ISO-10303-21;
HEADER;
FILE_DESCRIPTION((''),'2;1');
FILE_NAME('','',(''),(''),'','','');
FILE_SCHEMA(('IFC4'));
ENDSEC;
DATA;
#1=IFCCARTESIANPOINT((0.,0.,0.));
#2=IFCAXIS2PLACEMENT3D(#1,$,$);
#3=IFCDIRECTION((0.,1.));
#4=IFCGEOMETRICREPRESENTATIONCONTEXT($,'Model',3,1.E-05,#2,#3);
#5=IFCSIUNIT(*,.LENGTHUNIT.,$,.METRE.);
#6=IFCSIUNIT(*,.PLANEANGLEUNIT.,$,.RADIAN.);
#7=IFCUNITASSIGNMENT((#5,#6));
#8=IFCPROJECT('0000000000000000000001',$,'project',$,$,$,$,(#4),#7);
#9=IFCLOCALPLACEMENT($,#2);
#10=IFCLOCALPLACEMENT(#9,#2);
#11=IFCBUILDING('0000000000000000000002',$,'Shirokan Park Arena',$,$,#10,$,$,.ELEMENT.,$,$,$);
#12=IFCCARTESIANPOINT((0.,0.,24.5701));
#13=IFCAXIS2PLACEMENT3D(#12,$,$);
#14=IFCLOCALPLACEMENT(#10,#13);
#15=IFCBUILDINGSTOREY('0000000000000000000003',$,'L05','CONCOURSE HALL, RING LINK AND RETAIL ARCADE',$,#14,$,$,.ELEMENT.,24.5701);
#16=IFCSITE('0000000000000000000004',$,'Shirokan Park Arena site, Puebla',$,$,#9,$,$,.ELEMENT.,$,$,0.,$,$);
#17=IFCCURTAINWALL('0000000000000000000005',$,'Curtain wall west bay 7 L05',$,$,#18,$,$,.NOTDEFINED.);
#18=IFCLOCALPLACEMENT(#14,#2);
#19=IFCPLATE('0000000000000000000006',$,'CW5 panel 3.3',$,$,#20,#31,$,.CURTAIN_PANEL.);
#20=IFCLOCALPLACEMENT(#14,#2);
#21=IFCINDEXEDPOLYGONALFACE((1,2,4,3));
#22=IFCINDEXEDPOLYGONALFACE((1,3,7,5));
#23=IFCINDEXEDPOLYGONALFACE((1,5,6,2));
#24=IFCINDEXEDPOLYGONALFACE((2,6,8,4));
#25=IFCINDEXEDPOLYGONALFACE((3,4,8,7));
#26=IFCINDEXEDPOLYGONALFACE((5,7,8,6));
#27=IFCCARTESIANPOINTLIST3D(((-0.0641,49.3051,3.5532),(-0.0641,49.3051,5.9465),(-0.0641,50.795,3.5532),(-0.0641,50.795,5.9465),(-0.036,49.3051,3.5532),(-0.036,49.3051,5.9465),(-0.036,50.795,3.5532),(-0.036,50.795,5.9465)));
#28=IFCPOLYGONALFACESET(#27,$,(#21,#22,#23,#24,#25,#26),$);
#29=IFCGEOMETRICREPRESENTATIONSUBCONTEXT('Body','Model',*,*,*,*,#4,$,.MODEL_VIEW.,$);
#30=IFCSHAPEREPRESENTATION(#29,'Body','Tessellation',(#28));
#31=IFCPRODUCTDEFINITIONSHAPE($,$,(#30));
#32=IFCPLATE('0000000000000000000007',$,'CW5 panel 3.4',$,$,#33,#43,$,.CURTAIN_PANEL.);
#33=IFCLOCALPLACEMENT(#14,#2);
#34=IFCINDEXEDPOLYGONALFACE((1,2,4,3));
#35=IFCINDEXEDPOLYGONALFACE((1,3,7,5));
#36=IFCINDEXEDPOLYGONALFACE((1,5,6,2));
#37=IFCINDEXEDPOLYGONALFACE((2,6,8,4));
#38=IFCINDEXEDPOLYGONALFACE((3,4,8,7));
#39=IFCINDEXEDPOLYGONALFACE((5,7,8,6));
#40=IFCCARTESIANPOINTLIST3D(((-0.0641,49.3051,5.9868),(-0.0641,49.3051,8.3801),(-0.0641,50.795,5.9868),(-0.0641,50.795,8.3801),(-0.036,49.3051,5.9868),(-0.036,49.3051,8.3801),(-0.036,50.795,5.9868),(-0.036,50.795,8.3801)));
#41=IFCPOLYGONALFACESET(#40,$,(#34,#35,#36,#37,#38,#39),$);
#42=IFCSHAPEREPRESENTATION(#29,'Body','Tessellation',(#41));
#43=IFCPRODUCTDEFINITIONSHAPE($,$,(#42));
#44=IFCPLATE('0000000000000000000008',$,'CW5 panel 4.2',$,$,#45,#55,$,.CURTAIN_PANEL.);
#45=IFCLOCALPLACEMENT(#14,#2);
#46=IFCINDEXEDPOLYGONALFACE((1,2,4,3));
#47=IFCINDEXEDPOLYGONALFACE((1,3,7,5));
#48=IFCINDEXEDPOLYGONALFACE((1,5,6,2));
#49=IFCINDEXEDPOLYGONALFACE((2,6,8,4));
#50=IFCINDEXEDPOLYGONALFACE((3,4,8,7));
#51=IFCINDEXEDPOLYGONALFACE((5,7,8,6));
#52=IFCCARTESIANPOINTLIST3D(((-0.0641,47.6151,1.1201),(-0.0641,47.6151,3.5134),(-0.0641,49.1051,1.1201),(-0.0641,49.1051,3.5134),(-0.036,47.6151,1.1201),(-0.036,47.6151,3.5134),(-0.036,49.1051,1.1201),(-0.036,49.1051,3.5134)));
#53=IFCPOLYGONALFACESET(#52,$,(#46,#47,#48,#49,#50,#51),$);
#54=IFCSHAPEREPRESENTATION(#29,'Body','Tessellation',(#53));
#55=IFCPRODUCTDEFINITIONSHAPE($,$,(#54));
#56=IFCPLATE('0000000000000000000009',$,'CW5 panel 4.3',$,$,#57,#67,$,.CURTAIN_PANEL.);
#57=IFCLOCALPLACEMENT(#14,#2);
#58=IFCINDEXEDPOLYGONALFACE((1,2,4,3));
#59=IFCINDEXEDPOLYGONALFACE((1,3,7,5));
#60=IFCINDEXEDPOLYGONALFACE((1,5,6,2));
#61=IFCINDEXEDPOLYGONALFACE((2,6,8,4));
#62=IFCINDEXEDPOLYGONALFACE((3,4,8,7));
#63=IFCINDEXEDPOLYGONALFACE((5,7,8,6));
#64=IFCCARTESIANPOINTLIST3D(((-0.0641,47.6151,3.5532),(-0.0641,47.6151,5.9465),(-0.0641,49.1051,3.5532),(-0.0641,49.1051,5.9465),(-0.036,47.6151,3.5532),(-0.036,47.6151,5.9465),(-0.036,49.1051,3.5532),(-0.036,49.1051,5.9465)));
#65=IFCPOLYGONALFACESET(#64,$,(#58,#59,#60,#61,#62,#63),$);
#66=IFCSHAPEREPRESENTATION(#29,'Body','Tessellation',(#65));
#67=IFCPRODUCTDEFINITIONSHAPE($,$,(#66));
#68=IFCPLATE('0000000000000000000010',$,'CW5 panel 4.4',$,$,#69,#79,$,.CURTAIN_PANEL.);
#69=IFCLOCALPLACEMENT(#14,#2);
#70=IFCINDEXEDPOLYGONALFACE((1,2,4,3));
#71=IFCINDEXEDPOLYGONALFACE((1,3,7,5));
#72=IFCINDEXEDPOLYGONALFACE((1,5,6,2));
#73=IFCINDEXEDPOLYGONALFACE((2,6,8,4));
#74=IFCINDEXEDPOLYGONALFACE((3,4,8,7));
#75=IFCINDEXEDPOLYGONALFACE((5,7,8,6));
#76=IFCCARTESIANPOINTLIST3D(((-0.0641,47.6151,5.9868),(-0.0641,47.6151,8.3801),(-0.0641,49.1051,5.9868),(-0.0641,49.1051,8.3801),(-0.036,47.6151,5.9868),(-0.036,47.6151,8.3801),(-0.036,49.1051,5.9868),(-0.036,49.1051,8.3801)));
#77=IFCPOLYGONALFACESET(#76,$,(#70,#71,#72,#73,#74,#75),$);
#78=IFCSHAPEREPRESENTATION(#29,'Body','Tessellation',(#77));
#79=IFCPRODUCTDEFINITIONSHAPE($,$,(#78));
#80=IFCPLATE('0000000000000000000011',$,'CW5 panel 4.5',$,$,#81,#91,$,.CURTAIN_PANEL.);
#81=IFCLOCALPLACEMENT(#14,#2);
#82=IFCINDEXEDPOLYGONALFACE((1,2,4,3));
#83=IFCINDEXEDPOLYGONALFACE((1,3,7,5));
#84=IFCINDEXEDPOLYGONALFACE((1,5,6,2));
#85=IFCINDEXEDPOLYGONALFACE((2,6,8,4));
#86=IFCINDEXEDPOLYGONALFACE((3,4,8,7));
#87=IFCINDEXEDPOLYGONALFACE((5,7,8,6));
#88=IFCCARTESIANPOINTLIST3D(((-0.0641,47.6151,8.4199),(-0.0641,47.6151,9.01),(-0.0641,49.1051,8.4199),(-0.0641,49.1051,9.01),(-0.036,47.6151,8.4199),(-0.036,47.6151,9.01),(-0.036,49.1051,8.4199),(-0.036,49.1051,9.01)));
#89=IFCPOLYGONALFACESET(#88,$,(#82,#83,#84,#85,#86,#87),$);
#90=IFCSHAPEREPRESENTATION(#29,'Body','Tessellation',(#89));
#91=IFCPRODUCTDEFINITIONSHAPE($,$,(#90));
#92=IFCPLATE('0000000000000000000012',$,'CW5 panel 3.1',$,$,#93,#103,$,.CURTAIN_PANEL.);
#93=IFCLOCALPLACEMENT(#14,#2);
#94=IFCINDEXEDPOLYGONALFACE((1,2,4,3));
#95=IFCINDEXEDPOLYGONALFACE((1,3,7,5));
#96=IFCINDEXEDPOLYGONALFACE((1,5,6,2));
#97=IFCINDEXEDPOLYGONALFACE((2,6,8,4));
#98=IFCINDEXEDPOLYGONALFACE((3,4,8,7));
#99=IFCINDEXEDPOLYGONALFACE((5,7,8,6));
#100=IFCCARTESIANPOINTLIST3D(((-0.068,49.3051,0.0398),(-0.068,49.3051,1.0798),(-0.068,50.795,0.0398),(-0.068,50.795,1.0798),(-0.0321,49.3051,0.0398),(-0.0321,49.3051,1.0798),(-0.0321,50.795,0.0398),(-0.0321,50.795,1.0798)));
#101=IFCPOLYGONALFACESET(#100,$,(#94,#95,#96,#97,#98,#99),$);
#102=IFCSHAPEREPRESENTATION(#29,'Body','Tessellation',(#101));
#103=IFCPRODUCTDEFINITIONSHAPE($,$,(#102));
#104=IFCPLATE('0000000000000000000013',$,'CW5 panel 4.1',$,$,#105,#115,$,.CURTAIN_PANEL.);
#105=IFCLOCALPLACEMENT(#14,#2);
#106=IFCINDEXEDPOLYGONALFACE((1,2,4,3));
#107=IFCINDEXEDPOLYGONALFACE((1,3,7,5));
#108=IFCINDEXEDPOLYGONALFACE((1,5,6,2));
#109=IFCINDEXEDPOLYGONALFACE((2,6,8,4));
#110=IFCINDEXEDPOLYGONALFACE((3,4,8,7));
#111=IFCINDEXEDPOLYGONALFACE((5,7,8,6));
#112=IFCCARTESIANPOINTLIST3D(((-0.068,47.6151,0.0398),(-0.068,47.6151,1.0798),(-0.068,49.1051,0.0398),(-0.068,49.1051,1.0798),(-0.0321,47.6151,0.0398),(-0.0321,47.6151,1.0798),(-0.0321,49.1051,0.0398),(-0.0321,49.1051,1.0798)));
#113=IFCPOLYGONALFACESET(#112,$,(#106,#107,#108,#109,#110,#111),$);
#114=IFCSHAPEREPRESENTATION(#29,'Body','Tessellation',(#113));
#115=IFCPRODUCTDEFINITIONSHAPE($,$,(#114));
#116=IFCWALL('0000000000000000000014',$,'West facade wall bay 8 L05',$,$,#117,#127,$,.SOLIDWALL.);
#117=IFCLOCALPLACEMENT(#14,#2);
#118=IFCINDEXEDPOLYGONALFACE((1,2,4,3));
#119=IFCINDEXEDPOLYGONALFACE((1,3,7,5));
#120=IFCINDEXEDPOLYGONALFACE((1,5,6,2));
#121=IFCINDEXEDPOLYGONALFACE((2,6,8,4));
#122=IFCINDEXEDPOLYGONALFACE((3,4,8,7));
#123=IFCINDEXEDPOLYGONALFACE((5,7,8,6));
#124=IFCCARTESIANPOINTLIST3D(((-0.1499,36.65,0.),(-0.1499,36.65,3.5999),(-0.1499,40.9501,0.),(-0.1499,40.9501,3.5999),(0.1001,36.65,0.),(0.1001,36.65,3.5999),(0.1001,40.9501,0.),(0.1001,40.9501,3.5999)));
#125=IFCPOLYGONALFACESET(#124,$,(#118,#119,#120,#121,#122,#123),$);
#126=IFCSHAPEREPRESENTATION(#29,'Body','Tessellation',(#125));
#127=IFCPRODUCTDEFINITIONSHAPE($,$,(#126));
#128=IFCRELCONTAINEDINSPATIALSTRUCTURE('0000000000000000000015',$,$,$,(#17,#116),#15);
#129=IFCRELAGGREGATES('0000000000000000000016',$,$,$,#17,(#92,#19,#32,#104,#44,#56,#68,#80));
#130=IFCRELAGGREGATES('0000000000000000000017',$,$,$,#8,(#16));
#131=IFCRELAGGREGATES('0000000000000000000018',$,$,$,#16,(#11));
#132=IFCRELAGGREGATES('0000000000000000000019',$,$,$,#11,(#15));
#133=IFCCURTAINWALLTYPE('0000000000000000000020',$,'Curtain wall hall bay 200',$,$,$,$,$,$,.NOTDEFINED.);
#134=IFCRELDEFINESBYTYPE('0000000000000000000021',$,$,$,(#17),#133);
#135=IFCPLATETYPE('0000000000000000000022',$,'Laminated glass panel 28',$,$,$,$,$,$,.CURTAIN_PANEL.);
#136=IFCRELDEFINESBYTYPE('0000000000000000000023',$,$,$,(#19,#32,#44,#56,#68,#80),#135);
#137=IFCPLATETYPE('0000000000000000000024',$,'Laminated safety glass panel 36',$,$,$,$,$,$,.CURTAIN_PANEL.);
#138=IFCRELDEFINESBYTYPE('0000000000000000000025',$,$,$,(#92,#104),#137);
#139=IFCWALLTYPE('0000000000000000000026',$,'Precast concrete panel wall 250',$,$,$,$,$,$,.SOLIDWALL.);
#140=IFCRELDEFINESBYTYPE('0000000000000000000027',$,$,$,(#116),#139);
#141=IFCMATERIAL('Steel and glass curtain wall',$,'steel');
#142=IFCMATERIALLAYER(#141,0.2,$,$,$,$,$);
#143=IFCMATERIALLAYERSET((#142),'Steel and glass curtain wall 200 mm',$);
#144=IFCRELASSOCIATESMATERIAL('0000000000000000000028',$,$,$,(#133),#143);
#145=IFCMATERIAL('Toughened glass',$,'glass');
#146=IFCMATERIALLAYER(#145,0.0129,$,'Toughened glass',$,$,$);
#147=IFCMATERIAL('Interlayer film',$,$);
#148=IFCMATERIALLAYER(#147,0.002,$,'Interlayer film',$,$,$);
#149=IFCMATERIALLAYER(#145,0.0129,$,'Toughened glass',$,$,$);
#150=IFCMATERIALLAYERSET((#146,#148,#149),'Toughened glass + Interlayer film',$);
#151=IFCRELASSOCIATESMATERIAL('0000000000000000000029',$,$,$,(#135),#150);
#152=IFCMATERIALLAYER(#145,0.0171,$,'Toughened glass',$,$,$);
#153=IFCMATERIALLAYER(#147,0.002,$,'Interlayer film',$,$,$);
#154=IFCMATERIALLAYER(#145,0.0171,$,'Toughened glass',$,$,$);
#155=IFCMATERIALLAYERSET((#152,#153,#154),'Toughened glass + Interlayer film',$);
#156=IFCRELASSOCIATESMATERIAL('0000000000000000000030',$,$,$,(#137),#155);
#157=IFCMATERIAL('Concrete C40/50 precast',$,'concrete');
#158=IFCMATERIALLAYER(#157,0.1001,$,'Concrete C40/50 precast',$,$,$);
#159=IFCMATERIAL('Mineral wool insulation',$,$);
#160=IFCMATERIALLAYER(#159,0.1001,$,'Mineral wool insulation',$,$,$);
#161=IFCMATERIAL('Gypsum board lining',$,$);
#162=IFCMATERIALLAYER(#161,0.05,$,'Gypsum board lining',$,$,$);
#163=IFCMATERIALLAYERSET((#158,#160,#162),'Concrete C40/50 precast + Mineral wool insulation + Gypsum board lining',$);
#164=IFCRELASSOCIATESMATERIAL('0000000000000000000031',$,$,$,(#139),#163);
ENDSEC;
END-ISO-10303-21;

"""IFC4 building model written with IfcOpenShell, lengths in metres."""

from ifc_helpers import new_model, si_unit, direction, frame, frame_2d, origin, origin_2d, place, context, subcontext, project, spatial, rectangle, extrude, material, layer, layer_set, type_object, element, aggregate, save


model = new_model("IFC4")

# Units and contexts
model_context = context("Model", 3, precision=1e-05, world=origin(), true_north=direction((0.0, 1.0)))
body_context = subcontext(model_context, "Body", "Model", "MODEL_VIEW")
ifc_project = project(units=[si_unit("LENGTHUNIT", "METRE"), si_unit("PLANEANGLEUNIT", "RADIAN")], contexts=[model_context])

# Site, building, storey
site_placement = place(None, origin())
site = spatial("IfcSite", under=ifc_project, at=site_placement, Name="Shirokan Park Arena site, Puebla", CompositionType="ELEMENT", RefElevation=0.0)
building_placement = place(site_placement, origin())
building = spatial("IfcBuilding", under=site, at=building_placement, Name="Shirokan Park Arena", CompositionType="ELEMENT")
storey_placement = place(building_placement, frame((0.0, 0.0, 24.5701)))
storey = spatial("IfcBuildingStorey", under=building, at=storey_placement, Name="L05", Description="CONCOURSE HALL, RING LINK AND RETAIL ARCADE", CompositionType="ELEMENT", Elevation=24.5701)

# Curtain wall, plates
ifc_material_1 = material(Name="Steel and glass curtain wall", Category="steel")
ifc_layer_1 = layer(ifc_material_1, 0.2)
ifc_layer_set_1 = layer_set([ifc_layer_1], Name="Steel and glass curtain wall 200 mm")
curtain_wall_type = type_object("IfcCurtainWallType", Name="Curtain wall hall bay 200", PredefinedType="NOTDEFINED", material=ifc_layer_set_1)
curtain_wall_placement = place(storey_placement, origin())
curtain_wall = element("IfcCurtainWall", 1, at=curtain_wall_placement, inside=storey, type_object=curtain_wall_type, Name="Curtain wall west bay 7 L05", PredefinedType="NOTDEFINED")
ifc_material_2 = material(Name="Toughened glass", Category="glass")
ifc_layer_2 = layer(ifc_material_2, 0.0129, Name="Toughened glass")
ifc_material_3 = material(Name="Interlayer film")
ifc_layer_3 = layer(ifc_material_3, 0.002, Name="Interlayer film")
ifc_layer_4 = layer(ifc_material_2, 0.0129, Name="Toughened glass")
ifc_layer_set_2 = layer_set([ifc_layer_2, ifc_layer_3, ifc_layer_4], Name="Toughened glass + Interlayer film")
plate_type_1 = type_object("IfcPlateType", Name="Laminated glass panel 28", PredefinedType="CURTAIN_PANEL", material=ifc_layer_set_2)
plate_1_placement = place(storey_placement, frame((-0.05, 50.05, 3.5532), z_axis=(0.0, 0.0, 1.0), x_axis=(0.0, -1.0, 0.0)))
plate_1 = element("IfcPlate", 2, at=plate_1_placement, type_object=plate_type_1, Name="CW5 panel 3.3", PredefinedType="CURTAIN_PANEL", context=body_context, shape_type="SweptSolid", body=[
    extrude(rectangle(XDim=1.49, YDim=0.0281, at=origin_2d()), origin(), (0.0, 0.0, 1.0), 2.3933),
])
plate_2_placement = place(storey_placement, frame((-0.05, 50.05, 5.9868), z_axis=(0.0, 0.0, 1.0), x_axis=(0.0, -1.0, 0.0)))
plate_2 = element("IfcPlate", 3, at=plate_2_placement, type_object=plate_type_1, Name="CW5 panel 3.4", PredefinedType="CURTAIN_PANEL", context=body_context, shape_type="SweptSolid", body=[
    extrude(rectangle(XDim=1.49, YDim=0.0281, at=origin_2d()), origin(), (0.0, 0.0, 1.0), 2.3933),
])
plate_3_placement = place(storey_placement, frame((-0.05, 48.3601, 1.1201), z_axis=(0.0, 0.0, 1.0), x_axis=(0.0, -1.0, 0.0)))
plate_3 = element("IfcPlate", 4, at=plate_3_placement, type_object=plate_type_1, Name="CW5 panel 4.2", PredefinedType="CURTAIN_PANEL", context=body_context, shape_type="SweptSolid", body=[
    extrude(rectangle(XDim=1.49, YDim=0.0281, at=origin_2d()), origin(), (0.0, 0.0, 1.0), 2.3933),
])
plate_4_placement = place(storey_placement, frame((-0.05, 48.3601, 3.5532), z_axis=(0.0, 0.0, 1.0), x_axis=(0.0, -1.0, 0.0)))
plate_4 = element("IfcPlate", 5, at=plate_4_placement, type_object=plate_type_1, Name="CW5 panel 4.3", PredefinedType="CURTAIN_PANEL", context=body_context, shape_type="SweptSolid", body=[
    extrude(rectangle(XDim=1.49, YDim=0.0281, at=origin_2d()), origin(), (0.0, 0.0, 1.0), 2.3933),
])
plate_5_placement = place(storey_placement, frame((-0.05, 48.3601, 5.9868), z_axis=(0.0, 0.0, 1.0), x_axis=(0.0, -1.0, 0.0)))
plate_5 = element("IfcPlate", 6, at=plate_5_placement, type_object=plate_type_1, Name="CW5 panel 4.4", PredefinedType="CURTAIN_PANEL", context=body_context, shape_type="SweptSolid", body=[
    extrude(rectangle(XDim=1.49, YDim=0.0281, at=origin_2d()), origin(), (0.0, 0.0, 1.0), 2.3933),
])
plate_6_placement = place(storey_placement, frame((-0.05, 48.3601, 8.4199), z_axis=(0.0, 0.0, 1.0), x_axis=(0.0, -1.0, 0.0)))
plate_6 = element("IfcPlate", 7, at=plate_6_placement, type_object=plate_type_1, Name="CW5 panel 4.5", PredefinedType="CURTAIN_PANEL", context=body_context, shape_type="SweptSolid", body=[
    extrude(rectangle(XDim=1.49, YDim=0.0281, at=origin_2d()), origin(), (0.0, 0.0, 1.0), 0.5901),
])
ifc_layer_5 = layer(ifc_material_2, 0.0171, Name="Toughened glass")
ifc_layer_6 = layer(ifc_material_3, 0.002, Name="Interlayer film")
ifc_layer_7 = layer(ifc_material_2, 0.0171, Name="Toughened glass")
ifc_layer_set_3 = layer_set([ifc_layer_5, ifc_layer_6, ifc_layer_7], Name="Toughened glass + Interlayer film")
plate_type_2 = type_object("IfcPlateType", Name="Laminated safety glass panel 36", PredefinedType="CURTAIN_PANEL", material=ifc_layer_set_3)
plate_7_placement = place(storey_placement, frame((-0.05, 50.05, 0.0398), z_axis=(0.0, 0.0, 1.0), x_axis=(0.0, -1.0, 0.0)))
plate_7 = element("IfcPlate", 8, at=plate_7_placement, type_object=plate_type_2, Name="CW5 panel 3.1", PredefinedType="CURTAIN_PANEL", context=body_context, shape_type="SweptSolid", body=[
    extrude(rectangle(XDim=1.49, YDim=0.0359, at=origin_2d()), origin(), (0.0, 0.0, 1.0), 1.04),
])
plate_8_placement = place(storey_placement, frame((-0.05, 48.3601, 0.0398), z_axis=(0.0, 0.0, 1.0), x_axis=(0.0, -1.0, 0.0)))
plate_8 = element("IfcPlate", 9, at=plate_8_placement, type_object=plate_type_2, Name="CW5 panel 4.1", PredefinedType="CURTAIN_PANEL", context=body_context, shape_type="SweptSolid", body=[
    extrude(rectangle(XDim=1.49, YDim=0.0359, at=origin_2d()), origin(), (0.0, 0.0, 1.0), 1.04),
])
aggregate(curtain_wall, [plate_7, plate_1, plate_2, plate_8, plate_3, plate_4, plate_5, plate_6])

# Wall
ifc_material_4 = material(Name="Concrete C40/50 precast", Category="concrete")
ifc_layer_8 = layer(ifc_material_4, 0.1001, Name="Concrete C40/50 precast")
ifc_material_5 = material(Name="Mineral wool insulation")
ifc_layer_9 = layer(ifc_material_5, 0.1001, Name="Mineral wool insulation")
ifc_material_6 = material(Name="Gypsum board lining")
ifc_layer_10 = layer(ifc_material_6, 0.05, Name="Gypsum board lining")
ifc_layer_set_4 = layer_set([ifc_layer_8, ifc_layer_9, ifc_layer_10], Name="Concrete C40/50 precast + Mineral wool insulation + Gypsum board lining")
wall_type = type_object("IfcWallType", Name="Precast concrete panel wall 250", PredefinedType="SOLIDWALL", material=ifc_layer_set_4)
wall_placement = place(storey_placement, frame((-0.0249, 40.95, 0.0), z_axis=(0.0, 0.0, 1.0), x_axis=(0.0, -1.0, 0.0)))
element("IfcWall", 10, at=wall_placement, inside=storey, type_object=wall_type, Name="West facade wall bay 8 L05", PredefinedType="SOLIDWALL", context=body_context, shape_type="SweptSolid", body=[
    extrude(rectangle(XDim=4.3, YDim=0.25, at=frame_2d((2.1499, 0.0))), origin(), (0.0, 0.0, 1.0), 3.5999),
])

save(model, "model.ifc")
